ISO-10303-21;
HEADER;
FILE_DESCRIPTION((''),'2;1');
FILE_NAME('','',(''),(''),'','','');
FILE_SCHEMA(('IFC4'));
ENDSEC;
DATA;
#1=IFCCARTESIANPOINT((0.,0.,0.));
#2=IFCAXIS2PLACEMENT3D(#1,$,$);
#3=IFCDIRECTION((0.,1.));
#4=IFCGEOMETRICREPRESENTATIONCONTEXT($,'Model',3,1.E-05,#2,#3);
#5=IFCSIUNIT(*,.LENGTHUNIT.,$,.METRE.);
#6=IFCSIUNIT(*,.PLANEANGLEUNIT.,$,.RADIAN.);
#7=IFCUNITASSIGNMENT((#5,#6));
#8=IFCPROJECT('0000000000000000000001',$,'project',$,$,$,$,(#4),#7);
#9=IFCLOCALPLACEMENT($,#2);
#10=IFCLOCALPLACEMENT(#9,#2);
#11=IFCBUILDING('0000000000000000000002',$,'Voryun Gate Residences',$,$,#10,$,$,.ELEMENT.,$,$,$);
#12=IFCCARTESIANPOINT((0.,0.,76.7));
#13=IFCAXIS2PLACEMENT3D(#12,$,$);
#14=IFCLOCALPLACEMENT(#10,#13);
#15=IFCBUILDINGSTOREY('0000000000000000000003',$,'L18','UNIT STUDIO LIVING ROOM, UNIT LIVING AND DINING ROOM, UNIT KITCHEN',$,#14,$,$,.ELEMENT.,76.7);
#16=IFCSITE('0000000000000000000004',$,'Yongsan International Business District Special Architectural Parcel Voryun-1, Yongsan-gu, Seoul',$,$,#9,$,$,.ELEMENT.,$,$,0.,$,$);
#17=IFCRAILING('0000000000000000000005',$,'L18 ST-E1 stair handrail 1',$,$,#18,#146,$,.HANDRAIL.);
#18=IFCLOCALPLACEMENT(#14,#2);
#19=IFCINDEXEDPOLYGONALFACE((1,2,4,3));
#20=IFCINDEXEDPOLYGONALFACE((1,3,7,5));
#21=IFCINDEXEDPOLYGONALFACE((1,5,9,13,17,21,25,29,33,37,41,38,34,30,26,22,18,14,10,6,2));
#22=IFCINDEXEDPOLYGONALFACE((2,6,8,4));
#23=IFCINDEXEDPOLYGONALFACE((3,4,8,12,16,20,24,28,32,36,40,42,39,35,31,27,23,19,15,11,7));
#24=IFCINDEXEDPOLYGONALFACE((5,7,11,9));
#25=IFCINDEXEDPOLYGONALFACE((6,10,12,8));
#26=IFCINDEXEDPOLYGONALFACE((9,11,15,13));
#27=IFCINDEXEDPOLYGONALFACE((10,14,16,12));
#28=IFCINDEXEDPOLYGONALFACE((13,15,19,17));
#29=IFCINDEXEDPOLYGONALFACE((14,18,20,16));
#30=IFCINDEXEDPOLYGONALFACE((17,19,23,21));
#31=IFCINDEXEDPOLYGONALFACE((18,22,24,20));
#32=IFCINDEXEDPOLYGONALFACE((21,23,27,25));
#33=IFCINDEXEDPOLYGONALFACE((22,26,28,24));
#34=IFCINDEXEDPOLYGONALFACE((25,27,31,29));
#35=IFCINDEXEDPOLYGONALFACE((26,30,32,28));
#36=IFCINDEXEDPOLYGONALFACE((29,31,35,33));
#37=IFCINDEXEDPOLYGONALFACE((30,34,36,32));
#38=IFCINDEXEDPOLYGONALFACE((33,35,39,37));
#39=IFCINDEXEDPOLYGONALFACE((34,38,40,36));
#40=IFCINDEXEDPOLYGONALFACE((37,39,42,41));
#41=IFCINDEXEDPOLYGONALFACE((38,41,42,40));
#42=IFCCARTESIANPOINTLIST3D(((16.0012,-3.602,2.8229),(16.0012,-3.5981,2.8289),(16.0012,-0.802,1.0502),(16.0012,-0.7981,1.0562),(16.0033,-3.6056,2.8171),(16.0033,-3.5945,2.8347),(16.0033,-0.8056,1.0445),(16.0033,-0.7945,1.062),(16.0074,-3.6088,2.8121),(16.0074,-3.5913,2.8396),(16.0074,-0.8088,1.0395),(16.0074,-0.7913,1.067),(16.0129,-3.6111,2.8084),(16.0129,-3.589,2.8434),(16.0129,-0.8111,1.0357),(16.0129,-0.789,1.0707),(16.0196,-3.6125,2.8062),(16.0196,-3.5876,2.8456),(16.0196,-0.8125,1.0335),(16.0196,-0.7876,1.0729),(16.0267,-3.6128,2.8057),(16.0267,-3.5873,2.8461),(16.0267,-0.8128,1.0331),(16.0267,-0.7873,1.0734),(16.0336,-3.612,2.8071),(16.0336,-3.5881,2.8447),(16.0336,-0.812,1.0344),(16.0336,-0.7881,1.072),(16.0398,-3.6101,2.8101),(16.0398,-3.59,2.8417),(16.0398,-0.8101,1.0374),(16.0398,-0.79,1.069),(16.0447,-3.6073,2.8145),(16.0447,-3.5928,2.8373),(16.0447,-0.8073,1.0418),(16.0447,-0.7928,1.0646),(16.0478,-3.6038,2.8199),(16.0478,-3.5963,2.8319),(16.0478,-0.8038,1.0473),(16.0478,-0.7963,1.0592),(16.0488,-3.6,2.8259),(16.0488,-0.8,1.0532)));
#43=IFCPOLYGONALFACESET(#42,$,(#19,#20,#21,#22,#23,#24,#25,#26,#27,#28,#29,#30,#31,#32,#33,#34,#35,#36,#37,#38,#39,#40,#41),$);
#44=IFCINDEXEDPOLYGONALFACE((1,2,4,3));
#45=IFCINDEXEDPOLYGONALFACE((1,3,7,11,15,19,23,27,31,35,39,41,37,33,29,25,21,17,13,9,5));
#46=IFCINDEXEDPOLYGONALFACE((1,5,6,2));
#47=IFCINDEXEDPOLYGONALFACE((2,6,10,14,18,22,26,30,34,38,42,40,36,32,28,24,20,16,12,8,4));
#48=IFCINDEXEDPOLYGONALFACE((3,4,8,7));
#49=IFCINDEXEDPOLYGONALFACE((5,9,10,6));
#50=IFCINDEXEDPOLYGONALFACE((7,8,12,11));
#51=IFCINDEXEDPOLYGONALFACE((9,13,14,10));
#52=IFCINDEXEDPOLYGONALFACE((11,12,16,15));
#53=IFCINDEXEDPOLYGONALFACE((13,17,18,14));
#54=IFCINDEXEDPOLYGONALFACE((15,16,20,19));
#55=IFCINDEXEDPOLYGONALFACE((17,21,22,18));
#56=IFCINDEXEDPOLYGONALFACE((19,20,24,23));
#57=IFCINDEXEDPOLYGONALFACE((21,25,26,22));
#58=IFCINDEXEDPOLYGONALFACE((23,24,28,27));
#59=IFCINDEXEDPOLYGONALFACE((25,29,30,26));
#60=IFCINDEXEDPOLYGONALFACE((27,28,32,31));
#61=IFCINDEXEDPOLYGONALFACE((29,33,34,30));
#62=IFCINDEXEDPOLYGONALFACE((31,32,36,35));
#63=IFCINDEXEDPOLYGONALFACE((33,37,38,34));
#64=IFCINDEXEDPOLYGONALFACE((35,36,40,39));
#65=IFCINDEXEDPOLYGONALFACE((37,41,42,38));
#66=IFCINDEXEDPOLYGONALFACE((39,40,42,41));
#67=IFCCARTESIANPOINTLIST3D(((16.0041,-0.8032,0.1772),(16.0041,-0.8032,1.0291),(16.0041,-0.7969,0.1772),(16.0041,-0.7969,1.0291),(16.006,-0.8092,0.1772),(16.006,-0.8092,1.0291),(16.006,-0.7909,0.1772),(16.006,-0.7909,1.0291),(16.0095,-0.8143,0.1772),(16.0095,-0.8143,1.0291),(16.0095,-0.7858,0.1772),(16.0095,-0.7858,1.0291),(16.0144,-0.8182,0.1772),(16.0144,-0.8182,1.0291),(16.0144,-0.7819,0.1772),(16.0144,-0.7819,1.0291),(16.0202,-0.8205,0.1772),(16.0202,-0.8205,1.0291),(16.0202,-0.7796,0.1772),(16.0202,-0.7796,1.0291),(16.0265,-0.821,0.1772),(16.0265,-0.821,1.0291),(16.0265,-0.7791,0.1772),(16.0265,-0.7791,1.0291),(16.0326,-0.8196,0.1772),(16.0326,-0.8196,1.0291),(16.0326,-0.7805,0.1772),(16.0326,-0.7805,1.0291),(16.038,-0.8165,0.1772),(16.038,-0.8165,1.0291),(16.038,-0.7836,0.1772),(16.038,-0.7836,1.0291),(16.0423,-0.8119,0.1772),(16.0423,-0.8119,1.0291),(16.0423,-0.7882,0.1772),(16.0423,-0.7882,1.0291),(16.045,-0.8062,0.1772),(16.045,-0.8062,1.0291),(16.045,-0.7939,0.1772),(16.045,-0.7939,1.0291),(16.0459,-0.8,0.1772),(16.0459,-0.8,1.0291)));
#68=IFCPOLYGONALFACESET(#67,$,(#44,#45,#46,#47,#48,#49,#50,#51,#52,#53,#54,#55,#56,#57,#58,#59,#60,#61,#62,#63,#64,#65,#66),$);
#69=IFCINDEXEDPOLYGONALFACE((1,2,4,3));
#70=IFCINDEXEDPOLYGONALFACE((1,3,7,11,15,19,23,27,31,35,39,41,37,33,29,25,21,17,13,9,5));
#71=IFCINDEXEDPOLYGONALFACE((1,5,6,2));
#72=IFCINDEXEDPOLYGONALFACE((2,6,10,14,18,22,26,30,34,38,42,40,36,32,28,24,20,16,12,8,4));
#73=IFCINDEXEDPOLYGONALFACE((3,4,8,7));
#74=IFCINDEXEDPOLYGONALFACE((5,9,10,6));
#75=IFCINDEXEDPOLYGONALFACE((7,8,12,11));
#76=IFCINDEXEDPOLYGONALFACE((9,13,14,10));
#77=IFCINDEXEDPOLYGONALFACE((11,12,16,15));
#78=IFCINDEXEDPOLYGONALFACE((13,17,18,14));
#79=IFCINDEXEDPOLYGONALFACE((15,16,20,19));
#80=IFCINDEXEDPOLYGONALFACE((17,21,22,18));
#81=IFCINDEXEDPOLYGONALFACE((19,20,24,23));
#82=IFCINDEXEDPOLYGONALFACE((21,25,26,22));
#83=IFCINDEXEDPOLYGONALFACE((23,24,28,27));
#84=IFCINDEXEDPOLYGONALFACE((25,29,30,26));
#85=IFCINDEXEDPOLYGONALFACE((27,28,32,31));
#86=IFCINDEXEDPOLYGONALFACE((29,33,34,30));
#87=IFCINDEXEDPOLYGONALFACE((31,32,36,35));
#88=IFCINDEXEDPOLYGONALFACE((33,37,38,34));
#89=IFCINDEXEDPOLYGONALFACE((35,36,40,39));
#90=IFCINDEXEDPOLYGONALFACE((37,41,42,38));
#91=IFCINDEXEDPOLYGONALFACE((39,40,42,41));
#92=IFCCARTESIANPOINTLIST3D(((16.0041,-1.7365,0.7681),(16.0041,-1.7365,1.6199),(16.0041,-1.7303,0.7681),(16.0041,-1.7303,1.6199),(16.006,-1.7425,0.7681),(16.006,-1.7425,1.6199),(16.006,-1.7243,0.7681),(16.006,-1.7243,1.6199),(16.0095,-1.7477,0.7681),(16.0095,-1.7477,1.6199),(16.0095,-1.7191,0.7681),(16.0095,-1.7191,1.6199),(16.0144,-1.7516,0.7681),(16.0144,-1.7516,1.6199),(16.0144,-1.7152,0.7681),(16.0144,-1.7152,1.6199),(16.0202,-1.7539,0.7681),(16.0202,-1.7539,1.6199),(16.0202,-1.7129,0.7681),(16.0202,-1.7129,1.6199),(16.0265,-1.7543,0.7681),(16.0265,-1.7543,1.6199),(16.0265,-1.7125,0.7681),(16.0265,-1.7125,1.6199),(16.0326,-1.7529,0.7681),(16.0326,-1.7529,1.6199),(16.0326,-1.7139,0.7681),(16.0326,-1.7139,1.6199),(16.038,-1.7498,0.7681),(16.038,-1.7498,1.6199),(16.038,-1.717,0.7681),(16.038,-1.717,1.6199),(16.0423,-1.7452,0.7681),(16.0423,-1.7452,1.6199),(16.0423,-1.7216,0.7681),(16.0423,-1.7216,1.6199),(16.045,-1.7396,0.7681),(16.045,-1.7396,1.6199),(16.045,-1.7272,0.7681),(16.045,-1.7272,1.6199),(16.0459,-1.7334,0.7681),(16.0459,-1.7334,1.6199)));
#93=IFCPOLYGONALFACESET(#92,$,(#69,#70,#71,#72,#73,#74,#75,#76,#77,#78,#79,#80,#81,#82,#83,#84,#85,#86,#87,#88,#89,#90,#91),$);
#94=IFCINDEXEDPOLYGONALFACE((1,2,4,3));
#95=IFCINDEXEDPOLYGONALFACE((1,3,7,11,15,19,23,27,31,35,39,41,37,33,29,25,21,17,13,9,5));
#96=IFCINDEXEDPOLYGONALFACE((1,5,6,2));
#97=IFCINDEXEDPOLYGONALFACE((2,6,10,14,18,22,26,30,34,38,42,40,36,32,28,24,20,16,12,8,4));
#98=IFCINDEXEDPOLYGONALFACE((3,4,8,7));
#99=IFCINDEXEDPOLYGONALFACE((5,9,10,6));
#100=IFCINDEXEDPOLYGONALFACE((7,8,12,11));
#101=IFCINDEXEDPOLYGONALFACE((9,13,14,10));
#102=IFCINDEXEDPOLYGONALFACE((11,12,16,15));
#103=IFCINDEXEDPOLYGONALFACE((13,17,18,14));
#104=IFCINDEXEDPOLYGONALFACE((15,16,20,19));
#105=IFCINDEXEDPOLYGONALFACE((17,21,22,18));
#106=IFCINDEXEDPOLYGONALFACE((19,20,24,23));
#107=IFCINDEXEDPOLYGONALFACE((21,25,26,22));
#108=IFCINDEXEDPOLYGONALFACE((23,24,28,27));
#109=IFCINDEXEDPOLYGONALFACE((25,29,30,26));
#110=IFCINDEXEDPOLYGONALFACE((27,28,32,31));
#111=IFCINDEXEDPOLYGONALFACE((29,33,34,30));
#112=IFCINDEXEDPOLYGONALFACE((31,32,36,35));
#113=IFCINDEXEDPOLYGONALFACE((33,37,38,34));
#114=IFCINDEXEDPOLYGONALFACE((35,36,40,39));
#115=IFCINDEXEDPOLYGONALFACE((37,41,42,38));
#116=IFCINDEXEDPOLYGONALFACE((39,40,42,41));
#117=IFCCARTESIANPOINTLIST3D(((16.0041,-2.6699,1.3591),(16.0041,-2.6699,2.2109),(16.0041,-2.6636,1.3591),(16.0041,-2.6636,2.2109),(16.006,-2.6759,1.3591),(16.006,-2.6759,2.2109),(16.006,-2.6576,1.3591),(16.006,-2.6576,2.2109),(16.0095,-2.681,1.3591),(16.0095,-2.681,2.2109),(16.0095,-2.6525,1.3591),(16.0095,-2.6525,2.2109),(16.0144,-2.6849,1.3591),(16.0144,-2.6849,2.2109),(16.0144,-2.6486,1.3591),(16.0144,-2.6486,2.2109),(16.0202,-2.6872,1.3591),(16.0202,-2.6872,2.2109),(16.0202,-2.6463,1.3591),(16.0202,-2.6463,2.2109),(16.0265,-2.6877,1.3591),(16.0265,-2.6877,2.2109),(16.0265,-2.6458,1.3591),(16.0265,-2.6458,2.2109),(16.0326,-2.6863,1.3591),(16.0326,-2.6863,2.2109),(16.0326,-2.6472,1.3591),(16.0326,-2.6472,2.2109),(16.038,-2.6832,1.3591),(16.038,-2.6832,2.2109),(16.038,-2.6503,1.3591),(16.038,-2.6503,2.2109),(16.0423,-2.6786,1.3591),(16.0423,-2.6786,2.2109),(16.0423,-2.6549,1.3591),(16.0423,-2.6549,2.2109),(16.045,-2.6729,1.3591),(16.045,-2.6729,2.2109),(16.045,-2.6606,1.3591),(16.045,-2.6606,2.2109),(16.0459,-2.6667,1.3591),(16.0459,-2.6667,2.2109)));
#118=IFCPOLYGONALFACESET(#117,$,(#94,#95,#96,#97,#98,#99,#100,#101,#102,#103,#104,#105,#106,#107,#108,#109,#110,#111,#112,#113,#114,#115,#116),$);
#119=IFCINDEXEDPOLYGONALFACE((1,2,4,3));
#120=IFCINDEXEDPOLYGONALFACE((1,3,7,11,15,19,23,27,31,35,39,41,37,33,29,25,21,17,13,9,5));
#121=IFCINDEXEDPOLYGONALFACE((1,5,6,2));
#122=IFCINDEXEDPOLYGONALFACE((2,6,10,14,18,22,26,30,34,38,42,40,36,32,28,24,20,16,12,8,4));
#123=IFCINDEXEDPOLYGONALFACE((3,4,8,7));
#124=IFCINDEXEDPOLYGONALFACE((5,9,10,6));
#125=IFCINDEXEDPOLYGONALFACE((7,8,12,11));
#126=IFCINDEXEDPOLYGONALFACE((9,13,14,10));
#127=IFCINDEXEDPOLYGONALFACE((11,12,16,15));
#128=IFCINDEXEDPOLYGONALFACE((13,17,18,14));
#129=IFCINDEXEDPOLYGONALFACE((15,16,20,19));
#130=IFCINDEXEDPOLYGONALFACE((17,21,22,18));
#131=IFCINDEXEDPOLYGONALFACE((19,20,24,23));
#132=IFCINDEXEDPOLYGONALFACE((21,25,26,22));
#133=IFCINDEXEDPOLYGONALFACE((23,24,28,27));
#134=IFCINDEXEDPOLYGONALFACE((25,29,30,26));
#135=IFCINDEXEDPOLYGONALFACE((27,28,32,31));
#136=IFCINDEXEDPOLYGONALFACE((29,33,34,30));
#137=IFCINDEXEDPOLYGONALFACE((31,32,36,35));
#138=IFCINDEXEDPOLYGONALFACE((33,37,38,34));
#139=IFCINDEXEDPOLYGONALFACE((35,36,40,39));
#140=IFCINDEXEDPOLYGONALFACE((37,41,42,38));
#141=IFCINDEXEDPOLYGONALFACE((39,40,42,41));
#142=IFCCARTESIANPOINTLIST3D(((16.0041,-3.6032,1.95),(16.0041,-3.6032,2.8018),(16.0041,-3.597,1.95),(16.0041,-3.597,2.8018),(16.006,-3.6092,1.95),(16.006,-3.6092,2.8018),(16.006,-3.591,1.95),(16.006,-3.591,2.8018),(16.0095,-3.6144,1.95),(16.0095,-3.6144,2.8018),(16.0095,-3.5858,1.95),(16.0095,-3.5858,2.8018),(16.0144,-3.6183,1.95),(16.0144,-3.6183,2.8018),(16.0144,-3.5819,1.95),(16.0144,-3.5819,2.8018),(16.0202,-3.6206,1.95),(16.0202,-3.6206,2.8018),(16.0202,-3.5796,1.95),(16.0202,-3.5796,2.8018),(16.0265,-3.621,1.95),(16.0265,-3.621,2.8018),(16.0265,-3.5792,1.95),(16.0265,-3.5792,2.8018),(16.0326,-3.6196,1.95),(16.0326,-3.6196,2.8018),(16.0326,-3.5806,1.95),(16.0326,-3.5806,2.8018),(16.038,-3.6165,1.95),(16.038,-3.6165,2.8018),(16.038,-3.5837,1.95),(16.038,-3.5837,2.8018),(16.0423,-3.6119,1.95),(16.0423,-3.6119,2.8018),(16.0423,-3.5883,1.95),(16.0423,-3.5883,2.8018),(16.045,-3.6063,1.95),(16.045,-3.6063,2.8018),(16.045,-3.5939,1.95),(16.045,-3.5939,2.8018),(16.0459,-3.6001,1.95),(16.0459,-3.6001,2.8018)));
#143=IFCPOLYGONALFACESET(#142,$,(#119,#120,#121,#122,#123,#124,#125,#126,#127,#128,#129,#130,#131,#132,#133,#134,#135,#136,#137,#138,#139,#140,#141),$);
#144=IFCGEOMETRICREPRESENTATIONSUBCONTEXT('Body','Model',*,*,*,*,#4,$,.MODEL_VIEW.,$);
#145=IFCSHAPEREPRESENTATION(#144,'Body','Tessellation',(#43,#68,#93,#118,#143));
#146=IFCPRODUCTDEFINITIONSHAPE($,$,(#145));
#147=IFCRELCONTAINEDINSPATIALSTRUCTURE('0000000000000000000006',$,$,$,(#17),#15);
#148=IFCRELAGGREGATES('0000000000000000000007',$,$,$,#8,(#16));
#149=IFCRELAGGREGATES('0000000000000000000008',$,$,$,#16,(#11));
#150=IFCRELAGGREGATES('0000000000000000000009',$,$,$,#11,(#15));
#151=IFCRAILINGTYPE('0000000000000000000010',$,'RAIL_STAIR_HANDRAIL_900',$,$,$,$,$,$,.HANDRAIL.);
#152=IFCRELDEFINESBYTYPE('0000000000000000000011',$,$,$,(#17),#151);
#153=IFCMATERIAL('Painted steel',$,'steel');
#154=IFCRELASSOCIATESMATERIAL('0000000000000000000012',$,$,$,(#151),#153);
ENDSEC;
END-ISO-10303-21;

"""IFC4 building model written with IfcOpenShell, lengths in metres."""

from ifc_helpers import new_model, si_unit, direction, frame, origin, origin_2d, place, context, subcontext, project, spatial, circle, extrude, material, type_object, element, save


model = new_model("IFC4")

# Units and contexts
model_context = context("Model", 3, precision=1e-05, world=origin(), true_north=direction((0.0, 1.0)))
body_context = subcontext(model_context, "Body", "Model", "MODEL_VIEW")
ifc_project = project(units=[si_unit("LENGTHUNIT", "METRE"), si_unit("PLANEANGLEUNIT", "RADIAN")], contexts=[model_context])

# Site, building, storey
site_placement = place(None, origin())
site = spatial("IfcSite", under=ifc_project, at=site_placement, Name="Yongsan International Business District Special Architectural Parcel Voryun-1, Yongsan-gu, Seoul", CompositionType="ELEMENT", RefElevation=0.0)
building_placement = place(site_placement, origin())
building = spatial("IfcBuilding", under=site, at=building_placement, Name="Voryun Gate Residences", CompositionType="ELEMENT")
storey_placement = place(building_placement, frame((0.0, 0.0, 76.7)))
storey = spatial("IfcBuildingStorey", under=building, at=storey_placement, Name="L18", Description="UNIT STUDIO LIVING ROOM, UNIT LIVING AND DINING ROOM, UNIT KITCHEN", CompositionType="ELEMENT", Elevation=76.7)

# Railing
ifc_material_1 = material(Name="Painted steel", Category="steel")
railing_type_1 = type_object("IfcRailingType", Name="RAIL_STAIR_HANDRAIL_900", PredefinedType="HANDRAIL", material=ifc_material_1)
railing_1_placement = place(storey_placement, frame((16.0249, -0.8, 0.1772)))
element("IfcRailing", 1, at=railing_1_placement, inside=storey, type_object=railing_type_1, Name="L18 ST-E1 stair handrail 1", PredefinedType="HANDRAIL", context=body_context, shape_type="SweptSolid", body=[
    extrude(circle(Radius=0.0239, at=origin_2d()), frame((0.0, 0.0, 0.876), z_axis=(0.0, -0.844909, 0.53491), x_axis=(1.0, 0.0, 0.0)), (0.0, 0.0, 1.0), 3.314),
    extrude(circle(Radius=0.021, at=origin_2d()), origin(), (0.0, 0.0, 1.0), 0.8518),
    extrude(circle(Radius=0.021, at=origin_2d()), frame((0.0, -0.9333, 0.5908)), (0.0, 0.0, 1.0), 0.8518),
    extrude(circle(Radius=0.021, at=origin_2d()), frame((0.0, -1.8667, 1.1819)), (0.0, 0.0, 1.0), 0.8518),
    extrude(circle(Radius=0.021, at=origin_2d()), frame((0.0, -2.8, 1.7727)), (0.0, 0.0, 1.0), 0.8518),
])

save(model, "model.ifc")
